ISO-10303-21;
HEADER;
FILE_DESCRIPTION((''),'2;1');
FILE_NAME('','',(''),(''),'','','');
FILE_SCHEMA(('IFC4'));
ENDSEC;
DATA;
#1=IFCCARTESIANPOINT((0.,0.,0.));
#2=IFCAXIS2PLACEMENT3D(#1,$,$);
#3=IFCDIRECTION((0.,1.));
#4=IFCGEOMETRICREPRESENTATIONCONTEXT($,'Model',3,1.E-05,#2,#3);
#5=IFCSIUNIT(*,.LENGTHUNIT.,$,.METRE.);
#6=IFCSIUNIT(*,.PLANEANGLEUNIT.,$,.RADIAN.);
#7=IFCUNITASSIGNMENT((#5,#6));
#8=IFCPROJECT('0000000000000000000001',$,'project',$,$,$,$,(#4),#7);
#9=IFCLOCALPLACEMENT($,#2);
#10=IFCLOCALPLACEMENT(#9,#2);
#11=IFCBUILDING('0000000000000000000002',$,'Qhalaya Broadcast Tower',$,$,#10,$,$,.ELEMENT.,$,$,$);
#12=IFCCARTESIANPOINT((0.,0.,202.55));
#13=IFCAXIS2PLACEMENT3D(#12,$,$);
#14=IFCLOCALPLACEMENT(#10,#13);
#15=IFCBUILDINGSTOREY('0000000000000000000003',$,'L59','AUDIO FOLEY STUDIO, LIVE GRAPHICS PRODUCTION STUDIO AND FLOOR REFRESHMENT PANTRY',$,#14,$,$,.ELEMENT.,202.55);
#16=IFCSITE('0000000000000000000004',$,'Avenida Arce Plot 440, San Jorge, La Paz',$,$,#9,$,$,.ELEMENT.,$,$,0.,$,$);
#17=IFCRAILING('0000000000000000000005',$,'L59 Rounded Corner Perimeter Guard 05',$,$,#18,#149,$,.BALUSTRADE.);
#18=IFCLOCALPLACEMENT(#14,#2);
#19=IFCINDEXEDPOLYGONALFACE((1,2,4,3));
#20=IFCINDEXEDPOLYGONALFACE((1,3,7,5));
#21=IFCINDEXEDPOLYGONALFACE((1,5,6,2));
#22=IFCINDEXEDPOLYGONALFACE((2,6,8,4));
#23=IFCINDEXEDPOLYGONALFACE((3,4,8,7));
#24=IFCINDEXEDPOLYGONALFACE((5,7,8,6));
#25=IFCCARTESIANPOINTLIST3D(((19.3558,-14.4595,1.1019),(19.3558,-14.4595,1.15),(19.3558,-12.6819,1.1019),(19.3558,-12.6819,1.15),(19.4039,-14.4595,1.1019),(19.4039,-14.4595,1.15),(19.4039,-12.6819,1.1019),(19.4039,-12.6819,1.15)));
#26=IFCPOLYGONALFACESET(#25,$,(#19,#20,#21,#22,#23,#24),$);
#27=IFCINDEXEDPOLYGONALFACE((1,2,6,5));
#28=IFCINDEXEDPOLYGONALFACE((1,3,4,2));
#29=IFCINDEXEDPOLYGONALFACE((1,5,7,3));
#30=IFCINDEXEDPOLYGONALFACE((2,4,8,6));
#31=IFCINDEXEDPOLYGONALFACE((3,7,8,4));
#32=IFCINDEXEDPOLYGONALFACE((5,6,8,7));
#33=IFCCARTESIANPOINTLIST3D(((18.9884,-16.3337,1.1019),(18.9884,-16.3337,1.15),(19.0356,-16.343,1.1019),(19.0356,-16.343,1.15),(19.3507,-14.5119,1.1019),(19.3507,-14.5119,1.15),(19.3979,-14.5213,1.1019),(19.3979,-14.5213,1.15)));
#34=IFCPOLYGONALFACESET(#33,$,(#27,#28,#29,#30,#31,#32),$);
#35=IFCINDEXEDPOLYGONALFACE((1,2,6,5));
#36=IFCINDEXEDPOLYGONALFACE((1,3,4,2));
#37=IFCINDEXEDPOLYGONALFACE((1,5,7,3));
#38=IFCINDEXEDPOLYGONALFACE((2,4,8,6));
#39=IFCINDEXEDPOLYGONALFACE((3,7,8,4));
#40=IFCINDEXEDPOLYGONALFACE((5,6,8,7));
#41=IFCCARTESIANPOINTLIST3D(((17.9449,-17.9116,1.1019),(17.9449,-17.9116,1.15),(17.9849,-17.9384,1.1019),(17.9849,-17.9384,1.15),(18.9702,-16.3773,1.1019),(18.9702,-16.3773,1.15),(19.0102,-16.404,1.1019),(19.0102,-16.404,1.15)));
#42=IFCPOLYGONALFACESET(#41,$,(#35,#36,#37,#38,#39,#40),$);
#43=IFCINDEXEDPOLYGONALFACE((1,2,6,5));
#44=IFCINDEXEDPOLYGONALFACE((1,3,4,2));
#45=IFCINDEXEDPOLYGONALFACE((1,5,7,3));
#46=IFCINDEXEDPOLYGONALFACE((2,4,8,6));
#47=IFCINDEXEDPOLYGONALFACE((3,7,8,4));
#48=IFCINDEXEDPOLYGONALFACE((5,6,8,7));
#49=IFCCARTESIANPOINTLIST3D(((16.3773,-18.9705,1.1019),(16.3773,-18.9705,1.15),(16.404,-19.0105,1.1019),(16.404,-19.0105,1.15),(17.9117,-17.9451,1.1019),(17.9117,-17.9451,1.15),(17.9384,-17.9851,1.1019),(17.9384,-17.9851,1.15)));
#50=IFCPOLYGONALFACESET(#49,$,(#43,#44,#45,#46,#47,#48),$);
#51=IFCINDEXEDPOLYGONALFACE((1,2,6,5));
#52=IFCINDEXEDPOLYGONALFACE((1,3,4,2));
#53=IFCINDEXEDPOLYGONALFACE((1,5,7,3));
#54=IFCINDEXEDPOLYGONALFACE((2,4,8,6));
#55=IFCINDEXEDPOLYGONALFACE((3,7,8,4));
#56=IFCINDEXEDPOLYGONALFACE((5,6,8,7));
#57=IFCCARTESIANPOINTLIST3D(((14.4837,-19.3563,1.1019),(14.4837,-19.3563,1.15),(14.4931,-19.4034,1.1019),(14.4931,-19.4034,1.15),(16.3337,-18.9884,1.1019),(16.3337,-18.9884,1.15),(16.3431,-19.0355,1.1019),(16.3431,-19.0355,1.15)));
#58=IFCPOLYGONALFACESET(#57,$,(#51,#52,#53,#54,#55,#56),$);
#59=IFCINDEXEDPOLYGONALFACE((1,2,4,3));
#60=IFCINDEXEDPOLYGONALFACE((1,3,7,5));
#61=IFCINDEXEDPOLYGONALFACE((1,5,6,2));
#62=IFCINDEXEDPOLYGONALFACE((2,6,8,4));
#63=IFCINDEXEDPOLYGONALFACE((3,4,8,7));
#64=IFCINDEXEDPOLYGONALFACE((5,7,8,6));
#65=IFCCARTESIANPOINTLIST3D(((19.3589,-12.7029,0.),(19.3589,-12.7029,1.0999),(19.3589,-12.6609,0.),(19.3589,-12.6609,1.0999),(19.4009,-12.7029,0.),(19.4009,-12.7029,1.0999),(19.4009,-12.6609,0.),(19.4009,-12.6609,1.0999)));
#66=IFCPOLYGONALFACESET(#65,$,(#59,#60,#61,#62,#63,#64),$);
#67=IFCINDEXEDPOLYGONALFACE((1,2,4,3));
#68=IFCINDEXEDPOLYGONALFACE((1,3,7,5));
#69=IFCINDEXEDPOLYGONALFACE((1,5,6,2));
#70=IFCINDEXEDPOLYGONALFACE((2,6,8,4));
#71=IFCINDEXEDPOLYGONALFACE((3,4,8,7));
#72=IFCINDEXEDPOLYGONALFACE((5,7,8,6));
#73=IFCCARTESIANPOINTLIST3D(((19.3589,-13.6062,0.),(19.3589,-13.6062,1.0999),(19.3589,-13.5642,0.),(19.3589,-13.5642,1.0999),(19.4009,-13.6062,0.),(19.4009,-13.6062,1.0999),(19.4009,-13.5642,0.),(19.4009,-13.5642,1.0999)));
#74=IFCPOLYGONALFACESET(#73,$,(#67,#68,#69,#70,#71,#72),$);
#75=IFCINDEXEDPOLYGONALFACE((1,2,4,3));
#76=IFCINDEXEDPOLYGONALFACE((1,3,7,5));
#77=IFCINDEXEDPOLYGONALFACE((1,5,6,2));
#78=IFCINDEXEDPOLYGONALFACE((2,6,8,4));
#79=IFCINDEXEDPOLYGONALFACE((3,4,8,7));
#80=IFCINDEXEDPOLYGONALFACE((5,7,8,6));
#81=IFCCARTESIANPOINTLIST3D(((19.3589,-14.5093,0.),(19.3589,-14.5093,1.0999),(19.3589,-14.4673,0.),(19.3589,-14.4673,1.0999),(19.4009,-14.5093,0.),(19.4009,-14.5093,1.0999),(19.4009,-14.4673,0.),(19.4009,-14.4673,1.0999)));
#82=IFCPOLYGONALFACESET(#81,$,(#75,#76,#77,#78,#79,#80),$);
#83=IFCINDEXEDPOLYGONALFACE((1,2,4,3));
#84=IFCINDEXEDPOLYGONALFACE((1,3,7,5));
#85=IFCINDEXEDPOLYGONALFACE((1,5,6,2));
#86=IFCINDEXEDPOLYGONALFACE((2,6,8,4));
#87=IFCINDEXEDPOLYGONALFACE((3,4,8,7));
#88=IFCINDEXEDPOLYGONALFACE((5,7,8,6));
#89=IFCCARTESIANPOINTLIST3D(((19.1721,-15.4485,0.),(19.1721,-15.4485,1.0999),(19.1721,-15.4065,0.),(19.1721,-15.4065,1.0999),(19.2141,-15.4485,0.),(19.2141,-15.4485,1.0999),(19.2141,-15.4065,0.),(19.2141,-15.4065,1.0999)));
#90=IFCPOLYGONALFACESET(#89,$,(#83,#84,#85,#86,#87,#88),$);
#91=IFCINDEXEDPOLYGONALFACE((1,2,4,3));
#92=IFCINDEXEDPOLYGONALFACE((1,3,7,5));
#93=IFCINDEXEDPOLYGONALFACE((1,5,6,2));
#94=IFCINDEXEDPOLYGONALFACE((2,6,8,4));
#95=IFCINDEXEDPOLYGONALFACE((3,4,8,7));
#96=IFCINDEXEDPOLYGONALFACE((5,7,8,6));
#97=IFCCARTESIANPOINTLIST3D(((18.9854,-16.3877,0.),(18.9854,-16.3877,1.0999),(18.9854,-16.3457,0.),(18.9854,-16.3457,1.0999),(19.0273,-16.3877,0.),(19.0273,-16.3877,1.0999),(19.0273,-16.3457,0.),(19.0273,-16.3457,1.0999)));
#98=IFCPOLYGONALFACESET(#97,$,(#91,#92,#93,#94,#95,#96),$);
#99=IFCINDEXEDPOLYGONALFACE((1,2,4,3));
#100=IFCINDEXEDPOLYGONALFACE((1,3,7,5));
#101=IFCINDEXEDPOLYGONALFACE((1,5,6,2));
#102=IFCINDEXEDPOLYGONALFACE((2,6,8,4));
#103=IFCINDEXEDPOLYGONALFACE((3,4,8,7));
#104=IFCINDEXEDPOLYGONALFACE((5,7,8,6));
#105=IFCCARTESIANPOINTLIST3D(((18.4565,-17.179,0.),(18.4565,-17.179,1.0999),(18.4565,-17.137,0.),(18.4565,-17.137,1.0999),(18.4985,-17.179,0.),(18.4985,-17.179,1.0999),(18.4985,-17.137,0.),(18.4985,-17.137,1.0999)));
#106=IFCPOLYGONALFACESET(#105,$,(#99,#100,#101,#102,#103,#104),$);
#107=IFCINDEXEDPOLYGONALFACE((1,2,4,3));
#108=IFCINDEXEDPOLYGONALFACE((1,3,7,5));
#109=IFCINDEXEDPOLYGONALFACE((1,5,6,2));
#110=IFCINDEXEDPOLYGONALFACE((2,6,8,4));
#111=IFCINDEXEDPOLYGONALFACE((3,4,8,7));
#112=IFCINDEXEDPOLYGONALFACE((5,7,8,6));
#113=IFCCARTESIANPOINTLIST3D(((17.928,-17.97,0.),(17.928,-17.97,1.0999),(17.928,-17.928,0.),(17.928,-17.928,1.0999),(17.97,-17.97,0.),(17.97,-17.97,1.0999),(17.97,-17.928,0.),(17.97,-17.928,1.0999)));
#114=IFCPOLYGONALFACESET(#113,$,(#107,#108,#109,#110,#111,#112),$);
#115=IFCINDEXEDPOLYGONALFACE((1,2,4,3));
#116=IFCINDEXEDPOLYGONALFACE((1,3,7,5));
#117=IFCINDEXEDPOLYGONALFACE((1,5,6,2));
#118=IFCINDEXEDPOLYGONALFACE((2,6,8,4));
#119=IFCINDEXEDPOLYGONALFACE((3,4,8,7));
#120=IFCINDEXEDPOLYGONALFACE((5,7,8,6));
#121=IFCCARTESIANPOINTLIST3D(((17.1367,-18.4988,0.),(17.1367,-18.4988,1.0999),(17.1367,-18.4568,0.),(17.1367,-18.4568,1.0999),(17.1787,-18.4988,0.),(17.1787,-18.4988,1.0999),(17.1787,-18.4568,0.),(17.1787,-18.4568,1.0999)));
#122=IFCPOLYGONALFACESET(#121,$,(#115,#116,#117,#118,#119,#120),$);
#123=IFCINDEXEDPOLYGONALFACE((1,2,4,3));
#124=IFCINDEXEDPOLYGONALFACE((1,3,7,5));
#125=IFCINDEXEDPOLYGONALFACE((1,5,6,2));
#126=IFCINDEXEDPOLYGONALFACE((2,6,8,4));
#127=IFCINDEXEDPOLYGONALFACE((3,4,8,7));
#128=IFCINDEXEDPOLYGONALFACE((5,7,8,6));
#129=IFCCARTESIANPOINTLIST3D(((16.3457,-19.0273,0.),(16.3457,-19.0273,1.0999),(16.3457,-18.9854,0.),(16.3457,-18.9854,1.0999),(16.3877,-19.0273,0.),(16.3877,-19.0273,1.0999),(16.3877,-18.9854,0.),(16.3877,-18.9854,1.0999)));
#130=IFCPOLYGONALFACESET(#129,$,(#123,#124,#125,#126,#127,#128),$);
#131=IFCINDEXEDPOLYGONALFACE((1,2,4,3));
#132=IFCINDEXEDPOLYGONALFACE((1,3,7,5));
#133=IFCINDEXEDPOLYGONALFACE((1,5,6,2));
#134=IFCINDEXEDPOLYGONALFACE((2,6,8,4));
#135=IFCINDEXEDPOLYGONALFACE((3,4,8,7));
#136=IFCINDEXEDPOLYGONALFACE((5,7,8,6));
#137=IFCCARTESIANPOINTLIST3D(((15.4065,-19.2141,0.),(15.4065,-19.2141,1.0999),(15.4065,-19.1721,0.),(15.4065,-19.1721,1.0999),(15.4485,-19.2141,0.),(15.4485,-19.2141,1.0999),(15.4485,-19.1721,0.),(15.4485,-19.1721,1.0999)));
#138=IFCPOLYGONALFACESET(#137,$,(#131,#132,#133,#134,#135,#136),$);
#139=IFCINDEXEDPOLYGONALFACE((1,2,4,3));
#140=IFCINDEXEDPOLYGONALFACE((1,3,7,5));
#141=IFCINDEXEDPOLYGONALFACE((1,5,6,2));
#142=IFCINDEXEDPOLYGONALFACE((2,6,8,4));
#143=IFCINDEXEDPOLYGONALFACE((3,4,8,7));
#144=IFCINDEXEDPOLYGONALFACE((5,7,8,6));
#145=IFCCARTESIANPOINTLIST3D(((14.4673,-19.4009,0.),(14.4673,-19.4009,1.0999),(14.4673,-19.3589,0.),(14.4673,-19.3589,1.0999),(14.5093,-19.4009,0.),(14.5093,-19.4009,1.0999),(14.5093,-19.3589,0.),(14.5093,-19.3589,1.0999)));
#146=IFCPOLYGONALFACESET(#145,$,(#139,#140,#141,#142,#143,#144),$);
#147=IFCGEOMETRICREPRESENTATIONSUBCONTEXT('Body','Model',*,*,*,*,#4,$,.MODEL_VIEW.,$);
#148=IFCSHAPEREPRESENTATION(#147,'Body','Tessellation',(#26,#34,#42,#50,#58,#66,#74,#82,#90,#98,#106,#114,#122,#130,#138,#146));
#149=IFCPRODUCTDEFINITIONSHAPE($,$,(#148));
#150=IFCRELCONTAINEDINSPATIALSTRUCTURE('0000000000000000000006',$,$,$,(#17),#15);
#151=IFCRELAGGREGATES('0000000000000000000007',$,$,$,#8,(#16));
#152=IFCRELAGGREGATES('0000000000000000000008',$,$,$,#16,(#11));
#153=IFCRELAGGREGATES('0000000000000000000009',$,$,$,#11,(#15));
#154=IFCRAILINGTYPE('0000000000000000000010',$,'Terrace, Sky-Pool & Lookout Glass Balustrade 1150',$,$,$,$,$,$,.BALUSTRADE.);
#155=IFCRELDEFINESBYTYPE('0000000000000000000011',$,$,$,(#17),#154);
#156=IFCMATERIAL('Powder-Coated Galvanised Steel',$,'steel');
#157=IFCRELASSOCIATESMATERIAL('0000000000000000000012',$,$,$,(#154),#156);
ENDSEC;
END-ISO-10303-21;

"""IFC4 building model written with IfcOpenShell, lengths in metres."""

from ifc_helpers import new_model, si_unit, direction, frame, origin, origin_2d, place, context, subcontext, project, spatial, rectangle, extrude, material, type_object, element, save


model = new_model("IFC4")

# Units and contexts
model_context = context("Model", 3, precision=1e-05, world=origin(), true_north=direction((0.0, 1.0)))
body_context = subcontext(model_context, "Body", "Model", "MODEL_VIEW")
ifc_project = project(units=[si_unit("LENGTHUNIT", "METRE"), si_unit("PLANEANGLEUNIT", "RADIAN")], contexts=[model_context])

# Site, building, storey
site_placement = place(None, origin())
site = spatial("IfcSite", under=ifc_project, at=site_placement, Name="Avenida Arce Plot 440, San Jorge, La Paz", CompositionType="ELEMENT", RefElevation=0.0)
building_placement = place(site_placement, origin())
building = spatial("IfcBuilding", under=site, at=building_placement, Name="Qhalaya Broadcast Tower", CompositionType="ELEMENT")
storey_placement = place(building_placement, frame((0.0, 0.0, 202.55)))
storey = spatial("IfcBuildingStorey", under=building, at=storey_placement, Name="L59", Description="AUDIO FOLEY STUDIO, LIVE GRAPHICS PRODUCTION STUDIO AND FLOOR REFRESHMENT PANTRY", CompositionType="ELEMENT", Elevation=202.55)

# Railing
ifc_material_1 = material(Name="Powder-Coated Galvanised Steel", Category="steel")
railing_type = type_object("IfcRailingType", Name="Terrace, Sky-Pool & Lookout Glass Balustrade 1150", PredefinedType="BALUSTRADE", material=ifc_material_1)
railing_1_placement = place(storey_placement, frame((19.3799, -12.6819, 0.0)))
element("IfcRailing", 1, at=railing_1_placement, inside=storey, type_object=railing_type, Name="L59 Rounded Corner Perimeter Guard 05", PredefinedType="BALUSTRADE", context=body_context, shape_type="SweptSolid", body=[
    extrude(rectangle(XDim=0.0481, YDim=0.0481, at=origin_2d()), frame((0.0, 0.0, 1.126), z_axis=(0.0, -1.0, 0.0), x_axis=(1.0, 0.0, 0.0)), (0.0, 0.0, 1.0), 1.7776),
    extrude(rectangle(XDim=0.0481, YDim=0.0481, at=origin_2d()), frame((-0.0056, -1.8347, 1.126), z_axis=(-0.195037, -0.980796, 0.0), x_axis=(0.980796, -0.195037, 0.0)), (0.0, 0.0, 1.0), 1.8574),
    extrude(rectangle(XDim=0.0481, YDim=0.0481, at=origin_2d()), frame((-0.3896, -3.7087, 1.126), z_axis=(-0.555618, -0.831438, 0.0), x_axis=(0.831438, -0.555618, 0.0)), (0.0, 0.0, 1.0), 1.8455),
    extrude(rectangle(XDim=0.0481, YDim=0.0481, at=origin_2d()), frame((-1.4548, -5.2832, 1.126), z_axis=(-0.831438, -0.555618, 0.0), x_axis=(0.555618, -0.831438, 0.0)), (0.0, 0.0, 1.0), 1.8455),
    extrude(rectangle(XDim=0.0481, YDim=0.0481, at=origin_2d()), frame((-3.0415, -6.3301, 1.126), z_axis=(-0.980796, -0.195037, 0.0), x_axis=(0.195037, -0.980796, 0.0)), (0.0, 0.0, 1.0), 1.8862),
    extrude(rectangle(XDim=0.042, YDim=0.042, at=origin_2d()), origin(), (0.0, 0.0, 1.0), 1.0999),
    extrude(rectangle(XDim=0.042, YDim=0.042, at=origin_2d()), frame((0.0, -0.9033, 0.0)), (0.0, 0.0, 1.0), 1.0999),
    extrude(rectangle(XDim=0.042, YDim=0.042, at=origin_2d()), frame((0.0, -1.8064, 0.0)), (0.0, 0.0, 1.0), 1.0999),
    extrude(rectangle(XDim=0.042, YDim=0.042, at=origin_2d()), frame((-0.1868, -2.7456, 0.0)), (0.0, 0.0, 1.0), 1.0999),
    extrude(rectangle(XDim=0.042, YDim=0.042, at=origin_2d()), frame((-0.3735, -3.6848, 0.0)), (0.0, 0.0, 1.0), 1.0999),
    extrude(rectangle(XDim=0.042, YDim=0.042, at=origin_2d()), frame((-0.9023, -4.4761, 0.0)), (0.0, 0.0, 1.0), 1.0999),
    extrude(rectangle(XDim=0.042, YDim=0.042, at=origin_2d()), frame((-1.4309, -5.2671, 0.0)), (0.0, 0.0, 1.0), 1.0999),
    extrude(rectangle(XDim=0.042, YDim=0.042, at=origin_2d()), frame((-2.2222, -5.7959, 0.0)), (0.0, 0.0, 1.0), 1.0999),
    extrude(rectangle(XDim=0.042, YDim=0.042, at=origin_2d()), frame((-3.0132, -6.3245, 0.0)), (0.0, 0.0, 1.0), 1.0999),
    extrude(rectangle(XDim=0.042, YDim=0.042, at=origin_2d()), frame((-3.9524, -6.5112, 0.0)), (0.0, 0.0, 1.0), 1.0999),
    extrude(rectangle(XDim=0.042, YDim=0.042, at=origin_2d()), frame((-4.8916, -6.698, 0.0)), (0.0, 0.0, 1.0), 1.0999),
])

save(model, "model.ifc")
